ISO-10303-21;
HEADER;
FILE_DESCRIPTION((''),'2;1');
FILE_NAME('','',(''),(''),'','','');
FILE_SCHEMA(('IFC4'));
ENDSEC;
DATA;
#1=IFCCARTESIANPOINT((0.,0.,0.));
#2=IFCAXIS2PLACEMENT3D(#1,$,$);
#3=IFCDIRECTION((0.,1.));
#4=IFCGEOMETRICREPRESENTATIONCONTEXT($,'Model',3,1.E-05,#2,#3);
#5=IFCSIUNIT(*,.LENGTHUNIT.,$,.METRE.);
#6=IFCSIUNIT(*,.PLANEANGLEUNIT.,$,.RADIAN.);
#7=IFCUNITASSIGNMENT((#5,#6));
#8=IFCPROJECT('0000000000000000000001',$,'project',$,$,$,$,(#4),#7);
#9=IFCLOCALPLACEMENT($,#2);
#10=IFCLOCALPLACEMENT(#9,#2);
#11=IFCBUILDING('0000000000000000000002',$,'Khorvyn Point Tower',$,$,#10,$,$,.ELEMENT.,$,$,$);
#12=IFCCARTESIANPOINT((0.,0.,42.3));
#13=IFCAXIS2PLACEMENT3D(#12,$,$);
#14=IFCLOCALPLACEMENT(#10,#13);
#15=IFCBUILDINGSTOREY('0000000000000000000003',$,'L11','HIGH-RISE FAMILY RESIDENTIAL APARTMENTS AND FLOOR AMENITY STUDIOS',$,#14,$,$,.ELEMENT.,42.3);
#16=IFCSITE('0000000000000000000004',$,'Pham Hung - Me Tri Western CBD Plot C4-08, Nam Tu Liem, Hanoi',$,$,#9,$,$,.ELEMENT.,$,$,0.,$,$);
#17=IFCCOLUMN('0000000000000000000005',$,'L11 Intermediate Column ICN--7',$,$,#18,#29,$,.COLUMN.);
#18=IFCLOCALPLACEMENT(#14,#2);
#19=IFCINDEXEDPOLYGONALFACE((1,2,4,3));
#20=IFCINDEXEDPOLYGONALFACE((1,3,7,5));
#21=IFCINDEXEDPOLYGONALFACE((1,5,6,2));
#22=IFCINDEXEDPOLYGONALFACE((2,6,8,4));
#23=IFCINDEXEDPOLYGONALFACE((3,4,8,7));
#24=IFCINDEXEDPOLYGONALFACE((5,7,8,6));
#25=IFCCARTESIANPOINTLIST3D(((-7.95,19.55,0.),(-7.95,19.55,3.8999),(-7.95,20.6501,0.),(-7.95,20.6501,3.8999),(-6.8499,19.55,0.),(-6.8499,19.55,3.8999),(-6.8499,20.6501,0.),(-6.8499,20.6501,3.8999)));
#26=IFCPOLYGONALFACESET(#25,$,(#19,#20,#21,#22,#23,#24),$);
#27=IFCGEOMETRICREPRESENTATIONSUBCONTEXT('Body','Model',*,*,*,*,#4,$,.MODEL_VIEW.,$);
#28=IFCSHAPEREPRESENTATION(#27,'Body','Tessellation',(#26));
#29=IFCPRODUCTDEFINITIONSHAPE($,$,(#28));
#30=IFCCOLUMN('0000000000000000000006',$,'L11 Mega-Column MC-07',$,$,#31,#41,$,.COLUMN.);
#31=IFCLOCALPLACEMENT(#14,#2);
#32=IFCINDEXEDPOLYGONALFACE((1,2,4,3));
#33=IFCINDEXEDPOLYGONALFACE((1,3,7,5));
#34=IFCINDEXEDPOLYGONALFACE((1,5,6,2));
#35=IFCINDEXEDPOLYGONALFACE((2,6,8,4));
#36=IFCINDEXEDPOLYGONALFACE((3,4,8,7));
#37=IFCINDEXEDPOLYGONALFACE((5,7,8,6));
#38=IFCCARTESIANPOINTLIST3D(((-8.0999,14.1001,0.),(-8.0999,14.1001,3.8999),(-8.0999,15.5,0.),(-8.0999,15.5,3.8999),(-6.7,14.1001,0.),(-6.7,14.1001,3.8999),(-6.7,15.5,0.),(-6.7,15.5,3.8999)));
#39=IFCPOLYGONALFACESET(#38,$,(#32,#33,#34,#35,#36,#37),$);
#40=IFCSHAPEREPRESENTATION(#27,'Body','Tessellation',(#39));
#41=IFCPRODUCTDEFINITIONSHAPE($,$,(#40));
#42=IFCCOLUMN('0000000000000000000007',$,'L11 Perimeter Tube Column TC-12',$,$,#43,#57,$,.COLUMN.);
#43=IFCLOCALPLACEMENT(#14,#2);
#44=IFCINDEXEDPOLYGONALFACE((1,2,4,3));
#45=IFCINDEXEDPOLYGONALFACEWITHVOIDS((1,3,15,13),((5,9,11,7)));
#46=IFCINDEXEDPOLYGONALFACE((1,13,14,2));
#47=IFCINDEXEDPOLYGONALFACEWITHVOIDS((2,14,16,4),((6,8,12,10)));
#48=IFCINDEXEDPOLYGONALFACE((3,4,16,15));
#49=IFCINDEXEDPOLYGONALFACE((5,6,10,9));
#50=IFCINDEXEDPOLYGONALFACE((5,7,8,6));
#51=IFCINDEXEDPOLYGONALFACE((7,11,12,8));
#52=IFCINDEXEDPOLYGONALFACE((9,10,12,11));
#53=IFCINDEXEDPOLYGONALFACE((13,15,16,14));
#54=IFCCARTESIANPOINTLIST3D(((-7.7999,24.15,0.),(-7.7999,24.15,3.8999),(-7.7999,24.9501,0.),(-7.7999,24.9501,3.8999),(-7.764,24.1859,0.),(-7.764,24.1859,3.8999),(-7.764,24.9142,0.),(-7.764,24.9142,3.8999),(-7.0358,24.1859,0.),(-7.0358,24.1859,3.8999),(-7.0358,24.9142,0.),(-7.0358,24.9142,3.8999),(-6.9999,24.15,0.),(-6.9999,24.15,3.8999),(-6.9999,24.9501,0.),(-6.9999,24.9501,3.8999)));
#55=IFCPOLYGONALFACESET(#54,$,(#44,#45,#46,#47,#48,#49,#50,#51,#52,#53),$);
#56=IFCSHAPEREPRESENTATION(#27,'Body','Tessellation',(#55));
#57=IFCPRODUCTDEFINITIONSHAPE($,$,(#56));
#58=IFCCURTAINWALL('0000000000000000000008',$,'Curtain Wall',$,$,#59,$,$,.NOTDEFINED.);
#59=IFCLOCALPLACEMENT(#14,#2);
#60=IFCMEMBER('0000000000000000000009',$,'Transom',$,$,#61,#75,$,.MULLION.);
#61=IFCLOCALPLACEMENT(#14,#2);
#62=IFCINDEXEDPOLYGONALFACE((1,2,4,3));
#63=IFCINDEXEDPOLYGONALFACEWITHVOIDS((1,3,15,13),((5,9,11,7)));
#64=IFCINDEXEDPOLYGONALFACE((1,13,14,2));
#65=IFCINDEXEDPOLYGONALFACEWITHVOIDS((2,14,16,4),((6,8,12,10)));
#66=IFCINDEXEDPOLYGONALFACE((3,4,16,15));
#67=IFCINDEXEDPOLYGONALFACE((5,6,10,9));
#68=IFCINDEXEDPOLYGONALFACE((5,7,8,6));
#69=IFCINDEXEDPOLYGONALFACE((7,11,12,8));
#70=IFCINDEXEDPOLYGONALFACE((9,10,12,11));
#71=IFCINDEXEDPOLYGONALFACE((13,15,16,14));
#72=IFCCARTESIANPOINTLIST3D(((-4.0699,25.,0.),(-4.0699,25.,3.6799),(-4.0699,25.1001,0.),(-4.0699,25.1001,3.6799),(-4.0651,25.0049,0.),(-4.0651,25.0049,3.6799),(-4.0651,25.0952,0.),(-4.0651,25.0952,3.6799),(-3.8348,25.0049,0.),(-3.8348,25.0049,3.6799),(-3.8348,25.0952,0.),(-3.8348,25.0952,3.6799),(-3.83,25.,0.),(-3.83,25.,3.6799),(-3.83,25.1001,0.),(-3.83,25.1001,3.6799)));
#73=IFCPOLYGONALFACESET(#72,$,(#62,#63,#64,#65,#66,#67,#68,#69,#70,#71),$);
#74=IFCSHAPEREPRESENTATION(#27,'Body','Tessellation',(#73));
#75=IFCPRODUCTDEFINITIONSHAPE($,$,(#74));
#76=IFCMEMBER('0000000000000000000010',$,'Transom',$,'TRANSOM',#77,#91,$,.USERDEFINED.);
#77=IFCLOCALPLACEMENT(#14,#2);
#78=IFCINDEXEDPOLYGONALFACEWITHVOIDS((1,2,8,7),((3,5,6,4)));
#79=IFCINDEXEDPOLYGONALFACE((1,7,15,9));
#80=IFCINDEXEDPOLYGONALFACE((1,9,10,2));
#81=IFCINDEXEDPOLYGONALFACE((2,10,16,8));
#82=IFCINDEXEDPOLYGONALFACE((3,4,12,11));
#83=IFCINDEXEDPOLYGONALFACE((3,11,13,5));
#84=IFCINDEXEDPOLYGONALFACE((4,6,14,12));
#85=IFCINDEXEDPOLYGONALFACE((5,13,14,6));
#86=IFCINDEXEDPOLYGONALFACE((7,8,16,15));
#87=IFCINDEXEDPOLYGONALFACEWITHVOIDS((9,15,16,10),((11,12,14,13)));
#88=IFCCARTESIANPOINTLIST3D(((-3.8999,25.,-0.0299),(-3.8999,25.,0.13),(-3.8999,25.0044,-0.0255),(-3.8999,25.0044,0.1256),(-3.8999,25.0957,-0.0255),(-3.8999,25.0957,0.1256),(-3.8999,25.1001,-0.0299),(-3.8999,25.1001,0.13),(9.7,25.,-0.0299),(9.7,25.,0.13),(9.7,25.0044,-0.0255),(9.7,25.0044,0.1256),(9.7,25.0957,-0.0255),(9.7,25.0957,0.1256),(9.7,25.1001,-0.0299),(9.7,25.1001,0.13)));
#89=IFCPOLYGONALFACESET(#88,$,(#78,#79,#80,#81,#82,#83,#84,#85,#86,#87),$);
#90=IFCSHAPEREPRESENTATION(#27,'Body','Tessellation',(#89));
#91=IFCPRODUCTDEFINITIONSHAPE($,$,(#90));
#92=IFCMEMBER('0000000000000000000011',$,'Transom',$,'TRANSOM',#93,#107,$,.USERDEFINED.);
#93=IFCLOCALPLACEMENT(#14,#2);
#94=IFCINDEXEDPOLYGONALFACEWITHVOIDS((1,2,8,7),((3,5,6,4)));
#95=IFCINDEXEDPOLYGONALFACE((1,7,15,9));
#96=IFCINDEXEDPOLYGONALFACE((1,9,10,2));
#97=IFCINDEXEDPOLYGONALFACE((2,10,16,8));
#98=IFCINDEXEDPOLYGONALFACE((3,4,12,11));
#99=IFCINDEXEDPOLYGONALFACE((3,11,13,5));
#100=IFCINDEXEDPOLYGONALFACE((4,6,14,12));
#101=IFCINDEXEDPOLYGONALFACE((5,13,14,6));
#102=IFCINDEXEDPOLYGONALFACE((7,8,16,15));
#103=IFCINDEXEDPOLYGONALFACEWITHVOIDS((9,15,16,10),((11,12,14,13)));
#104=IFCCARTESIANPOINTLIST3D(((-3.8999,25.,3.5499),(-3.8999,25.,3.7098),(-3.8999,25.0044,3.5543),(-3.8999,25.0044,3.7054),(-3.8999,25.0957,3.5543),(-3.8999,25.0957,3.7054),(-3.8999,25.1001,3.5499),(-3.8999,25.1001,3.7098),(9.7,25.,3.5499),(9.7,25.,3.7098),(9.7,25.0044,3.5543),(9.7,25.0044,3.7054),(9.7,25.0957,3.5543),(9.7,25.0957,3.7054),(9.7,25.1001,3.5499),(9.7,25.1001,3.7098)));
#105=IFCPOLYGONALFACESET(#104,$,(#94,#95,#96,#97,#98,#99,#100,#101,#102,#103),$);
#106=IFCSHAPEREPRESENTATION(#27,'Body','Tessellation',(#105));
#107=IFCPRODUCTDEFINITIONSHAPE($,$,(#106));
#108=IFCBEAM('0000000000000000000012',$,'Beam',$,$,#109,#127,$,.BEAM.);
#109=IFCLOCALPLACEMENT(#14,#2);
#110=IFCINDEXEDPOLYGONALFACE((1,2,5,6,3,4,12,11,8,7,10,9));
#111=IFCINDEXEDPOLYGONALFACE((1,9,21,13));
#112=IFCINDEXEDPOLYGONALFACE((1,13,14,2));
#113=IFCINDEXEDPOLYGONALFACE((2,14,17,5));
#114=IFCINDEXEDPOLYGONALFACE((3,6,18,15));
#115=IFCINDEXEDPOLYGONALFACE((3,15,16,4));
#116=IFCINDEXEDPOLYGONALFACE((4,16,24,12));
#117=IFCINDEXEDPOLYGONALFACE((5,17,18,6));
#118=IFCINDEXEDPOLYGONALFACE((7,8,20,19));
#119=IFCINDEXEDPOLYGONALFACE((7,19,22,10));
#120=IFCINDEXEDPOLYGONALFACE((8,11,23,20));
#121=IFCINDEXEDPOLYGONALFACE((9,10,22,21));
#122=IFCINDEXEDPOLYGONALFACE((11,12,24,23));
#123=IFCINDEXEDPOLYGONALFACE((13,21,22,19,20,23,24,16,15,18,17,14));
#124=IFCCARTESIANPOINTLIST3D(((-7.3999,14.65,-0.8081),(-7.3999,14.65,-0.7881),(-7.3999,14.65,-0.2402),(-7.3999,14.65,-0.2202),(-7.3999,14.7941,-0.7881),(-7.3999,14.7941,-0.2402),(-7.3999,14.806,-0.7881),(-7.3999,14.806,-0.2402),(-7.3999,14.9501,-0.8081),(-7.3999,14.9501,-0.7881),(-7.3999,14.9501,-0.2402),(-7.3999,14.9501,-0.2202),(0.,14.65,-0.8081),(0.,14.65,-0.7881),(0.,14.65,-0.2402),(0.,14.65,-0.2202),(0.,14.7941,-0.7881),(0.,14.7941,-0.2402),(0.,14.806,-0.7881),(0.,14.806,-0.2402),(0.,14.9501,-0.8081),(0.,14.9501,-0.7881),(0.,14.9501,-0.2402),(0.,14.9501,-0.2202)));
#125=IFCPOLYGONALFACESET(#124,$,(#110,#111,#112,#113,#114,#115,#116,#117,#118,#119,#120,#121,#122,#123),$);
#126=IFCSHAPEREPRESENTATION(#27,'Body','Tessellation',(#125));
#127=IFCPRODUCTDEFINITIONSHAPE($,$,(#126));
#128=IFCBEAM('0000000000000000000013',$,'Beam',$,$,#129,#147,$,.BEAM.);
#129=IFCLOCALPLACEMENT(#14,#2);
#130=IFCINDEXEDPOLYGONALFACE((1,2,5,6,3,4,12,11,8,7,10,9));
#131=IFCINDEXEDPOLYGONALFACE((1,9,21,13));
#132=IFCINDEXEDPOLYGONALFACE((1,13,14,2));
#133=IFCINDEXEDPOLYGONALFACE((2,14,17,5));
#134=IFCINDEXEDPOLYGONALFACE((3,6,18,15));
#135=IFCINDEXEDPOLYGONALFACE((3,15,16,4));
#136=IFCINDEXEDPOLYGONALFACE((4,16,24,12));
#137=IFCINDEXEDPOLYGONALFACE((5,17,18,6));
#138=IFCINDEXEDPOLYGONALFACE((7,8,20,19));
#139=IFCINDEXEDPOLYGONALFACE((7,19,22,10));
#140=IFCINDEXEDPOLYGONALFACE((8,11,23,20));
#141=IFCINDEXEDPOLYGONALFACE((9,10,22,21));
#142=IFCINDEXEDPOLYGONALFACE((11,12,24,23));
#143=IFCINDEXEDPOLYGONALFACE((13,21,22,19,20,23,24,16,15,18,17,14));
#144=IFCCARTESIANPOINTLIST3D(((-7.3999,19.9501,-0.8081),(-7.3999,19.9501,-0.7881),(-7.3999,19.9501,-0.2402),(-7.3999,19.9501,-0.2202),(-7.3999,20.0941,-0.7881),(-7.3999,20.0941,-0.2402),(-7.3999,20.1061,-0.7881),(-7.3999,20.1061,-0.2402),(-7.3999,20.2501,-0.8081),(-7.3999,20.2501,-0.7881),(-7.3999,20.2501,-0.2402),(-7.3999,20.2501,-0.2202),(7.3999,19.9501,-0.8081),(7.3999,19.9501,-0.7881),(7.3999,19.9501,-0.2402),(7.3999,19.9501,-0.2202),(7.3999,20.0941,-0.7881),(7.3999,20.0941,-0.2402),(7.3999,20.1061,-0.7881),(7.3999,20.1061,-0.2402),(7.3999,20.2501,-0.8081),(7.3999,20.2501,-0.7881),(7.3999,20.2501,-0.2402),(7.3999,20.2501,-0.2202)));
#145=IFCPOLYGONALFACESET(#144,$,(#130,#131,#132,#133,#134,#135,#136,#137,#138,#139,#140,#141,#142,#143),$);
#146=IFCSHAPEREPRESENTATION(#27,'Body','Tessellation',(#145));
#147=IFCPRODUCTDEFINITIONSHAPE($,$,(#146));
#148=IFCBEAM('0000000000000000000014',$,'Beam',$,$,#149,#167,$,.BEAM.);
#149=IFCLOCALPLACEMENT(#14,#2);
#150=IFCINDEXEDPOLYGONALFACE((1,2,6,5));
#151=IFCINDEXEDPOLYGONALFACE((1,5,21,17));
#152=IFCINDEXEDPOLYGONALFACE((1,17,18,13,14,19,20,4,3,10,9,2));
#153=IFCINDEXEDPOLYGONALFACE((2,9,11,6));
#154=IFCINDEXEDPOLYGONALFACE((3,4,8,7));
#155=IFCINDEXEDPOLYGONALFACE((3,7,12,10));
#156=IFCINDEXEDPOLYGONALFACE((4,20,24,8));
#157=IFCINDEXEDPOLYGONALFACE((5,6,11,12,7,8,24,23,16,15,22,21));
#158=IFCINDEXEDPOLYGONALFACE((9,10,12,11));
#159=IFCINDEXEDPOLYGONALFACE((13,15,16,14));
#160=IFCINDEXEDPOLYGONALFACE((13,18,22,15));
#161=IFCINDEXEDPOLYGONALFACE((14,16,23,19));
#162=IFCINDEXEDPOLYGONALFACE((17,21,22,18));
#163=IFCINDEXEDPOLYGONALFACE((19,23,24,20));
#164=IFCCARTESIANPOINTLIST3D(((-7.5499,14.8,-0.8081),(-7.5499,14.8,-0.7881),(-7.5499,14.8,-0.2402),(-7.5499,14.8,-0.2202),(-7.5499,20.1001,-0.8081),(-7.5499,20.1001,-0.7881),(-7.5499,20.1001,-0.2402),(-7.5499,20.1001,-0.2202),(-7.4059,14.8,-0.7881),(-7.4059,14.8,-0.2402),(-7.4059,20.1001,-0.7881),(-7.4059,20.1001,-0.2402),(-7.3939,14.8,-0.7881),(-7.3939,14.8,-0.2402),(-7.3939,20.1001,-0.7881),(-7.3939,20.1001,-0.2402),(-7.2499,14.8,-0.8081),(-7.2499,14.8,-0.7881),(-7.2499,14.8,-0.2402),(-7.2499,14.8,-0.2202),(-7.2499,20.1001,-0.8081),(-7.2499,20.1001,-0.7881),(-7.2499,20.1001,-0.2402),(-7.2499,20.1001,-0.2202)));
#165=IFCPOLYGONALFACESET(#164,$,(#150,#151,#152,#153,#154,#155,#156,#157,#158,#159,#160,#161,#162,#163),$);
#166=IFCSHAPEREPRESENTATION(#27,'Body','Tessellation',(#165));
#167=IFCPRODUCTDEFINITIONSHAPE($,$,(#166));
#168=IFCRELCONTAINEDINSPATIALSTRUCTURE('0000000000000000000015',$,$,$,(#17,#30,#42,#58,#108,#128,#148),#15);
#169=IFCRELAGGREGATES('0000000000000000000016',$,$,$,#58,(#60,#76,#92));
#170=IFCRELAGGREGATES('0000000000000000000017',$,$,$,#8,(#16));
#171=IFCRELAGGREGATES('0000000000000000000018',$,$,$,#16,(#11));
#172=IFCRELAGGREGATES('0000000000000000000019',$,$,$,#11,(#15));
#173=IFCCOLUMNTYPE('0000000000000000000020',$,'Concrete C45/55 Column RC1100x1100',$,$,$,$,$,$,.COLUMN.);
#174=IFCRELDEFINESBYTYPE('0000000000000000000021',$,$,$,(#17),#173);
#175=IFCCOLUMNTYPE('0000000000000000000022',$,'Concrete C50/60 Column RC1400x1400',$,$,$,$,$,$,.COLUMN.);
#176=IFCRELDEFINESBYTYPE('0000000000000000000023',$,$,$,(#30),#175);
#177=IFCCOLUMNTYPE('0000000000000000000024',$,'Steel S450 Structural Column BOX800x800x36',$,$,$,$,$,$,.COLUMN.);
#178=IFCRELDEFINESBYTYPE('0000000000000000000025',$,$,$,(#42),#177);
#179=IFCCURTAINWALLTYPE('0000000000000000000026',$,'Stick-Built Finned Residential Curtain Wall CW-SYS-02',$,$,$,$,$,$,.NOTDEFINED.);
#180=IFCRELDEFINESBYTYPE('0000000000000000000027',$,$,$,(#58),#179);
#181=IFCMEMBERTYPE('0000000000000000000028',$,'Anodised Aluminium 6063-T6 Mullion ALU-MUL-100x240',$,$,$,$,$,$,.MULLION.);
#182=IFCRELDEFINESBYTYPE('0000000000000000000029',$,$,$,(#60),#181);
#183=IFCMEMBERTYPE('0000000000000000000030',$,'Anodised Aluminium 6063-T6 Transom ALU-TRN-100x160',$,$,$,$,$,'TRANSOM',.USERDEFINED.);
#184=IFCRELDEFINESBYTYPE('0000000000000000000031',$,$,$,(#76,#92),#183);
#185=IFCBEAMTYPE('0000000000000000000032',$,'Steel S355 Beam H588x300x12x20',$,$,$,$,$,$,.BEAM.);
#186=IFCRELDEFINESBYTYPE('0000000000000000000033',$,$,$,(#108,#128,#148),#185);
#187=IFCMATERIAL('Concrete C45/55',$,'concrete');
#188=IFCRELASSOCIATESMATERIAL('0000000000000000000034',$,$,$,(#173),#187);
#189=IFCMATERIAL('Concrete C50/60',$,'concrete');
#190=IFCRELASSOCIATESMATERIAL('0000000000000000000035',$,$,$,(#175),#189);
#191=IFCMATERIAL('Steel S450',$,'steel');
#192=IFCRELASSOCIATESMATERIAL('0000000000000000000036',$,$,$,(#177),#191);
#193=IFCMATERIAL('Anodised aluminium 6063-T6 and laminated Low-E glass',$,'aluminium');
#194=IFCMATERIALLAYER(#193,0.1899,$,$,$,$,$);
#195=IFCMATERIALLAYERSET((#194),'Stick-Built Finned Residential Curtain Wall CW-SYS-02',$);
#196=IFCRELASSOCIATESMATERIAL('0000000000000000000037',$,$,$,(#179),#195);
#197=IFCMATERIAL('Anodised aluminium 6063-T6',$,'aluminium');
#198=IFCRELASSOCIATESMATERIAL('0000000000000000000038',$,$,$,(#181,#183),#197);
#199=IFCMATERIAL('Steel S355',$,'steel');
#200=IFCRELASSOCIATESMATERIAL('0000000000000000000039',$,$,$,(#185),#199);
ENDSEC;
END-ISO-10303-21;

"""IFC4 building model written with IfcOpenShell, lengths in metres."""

from ifc_helpers import new_model, si_unit, direction, frame, origin, origin_2d, place, context, subcontext, project, spatial, rectangle, hollow_rectangle, i_section, extrude, material, layer, layer_set, material_profile, profile_set, type_object, element, aggregate, save


model = new_model("IFC4")

# Units and contexts
model_context = context("Model", 3, precision=1e-05, world=origin(), true_north=direction((0.0, 1.0)))
body_context = subcontext(model_context, "Body", "Model", "MODEL_VIEW")
ifc_project = project(units=[si_unit("LENGTHUNIT", "METRE"), si_unit("PLANEANGLEUNIT", "RADIAN")], contexts=[model_context])

# Site, building, storey
site_placement = place(None, origin())
site = spatial("IfcSite", under=ifc_project, at=site_placement, Name="Pham Hung - Me Tri Western CBD Plot C4-08, Nam Tu Liem, Hanoi", CompositionType="ELEMENT", RefElevation=0.0)
building_placement = place(site_placement, origin())
building = spatial("IfcBuilding", under=site, at=building_placement, Name="Khorvyn Point Tower", CompositionType="ELEMENT")
storey_placement = place(building_placement, frame((0.0, 0.0, 42.3)))
storey = spatial("IfcBuildingStorey", under=building, at=storey_placement, Name="L11", Description="HIGH-RISE FAMILY RESIDENTIAL APARTMENTS AND FLOOR AMENITY STUDIOS", CompositionType="ELEMENT", Elevation=42.3)

# Columns
ifc_material_1 = material(Name="Concrete C45/55", Category="concrete")
ifc_material_profile_1 = material_profile(ifc_material_1, rectangle(XDim=1.1001, YDim=1.1001, at=origin_2d()))
ifc_profile_set_1 = profile_set([ifc_material_profile_1], Name="Concrete C45/55 RC1100x1100")
column_type_1 = type_object("IfcColumnType", Name="Concrete C45/55 Column RC1100x1100", PredefinedType="COLUMN", material=ifc_profile_set_1)
column_1_placement = place(storey_placement, frame((-7.3999, 20.1001, 0.0), z_axis=(0.0, 0.0, 1.0), x_axis=(1.0, 0.0, 0.0)))
element("IfcColumn", 1, at=column_1_placement, inside=storey, type_object=column_type_1, Name="L11 Intermediate Column ICN--7", PredefinedType="COLUMN", context=body_context, shape_type="SweptSolid", body=[
    extrude(rectangle(XDim=1.1001, YDim=1.1001, at=origin_2d()), origin(), (0.0, 0.0, 1.0), 3.8999),
])
ifc_material_2 = material(Name="Concrete C50/60", Category="concrete")
ifc_material_profile_2 = material_profile(ifc_material_2, rectangle(XDim=1.3999, YDim=1.3999, at=origin_2d()))
ifc_profile_set_2 = profile_set([ifc_material_profile_2], Name="Concrete C50/60 RC1400x1400")
column_type_2 = type_object("IfcColumnType", Name="Concrete C50/60 Column RC1400x1400", PredefinedType="COLUMN", material=ifc_profile_set_2)
column_2_placement = place(storey_placement, frame((-7.3999, 14.8, 0.0), z_axis=(0.0, 0.0, 1.0), x_axis=(1.0, 0.0, 0.0)))
element("IfcColumn", 2, at=column_2_placement, inside=storey, type_object=column_type_2, Name="L11 Mega-Column MC-07", PredefinedType="COLUMN", context=body_context, shape_type="SweptSolid", body=[
    extrude(rectangle(XDim=1.3999, YDim=1.3999, at=origin_2d()), origin(), (0.0, 0.0, 1.0), 3.8999),
])
ifc_material_3 = material(Name="Steel S450", Category="steel")
ifc_material_profile_3 = material_profile(ifc_material_3, hollow_rectangle(XDim=0.8, YDim=0.8, WallThickness=0.0359, at=origin_2d()))
ifc_profile_set_3 = profile_set([ifc_material_profile_3], Name="Steel S450 BOX800x800x36")
column_type_3 = type_object("IfcColumnType", Name="Steel S450 Structural Column BOX800x800x36", PredefinedType="COLUMN", material=ifc_profile_set_3)
column_3_placement = place(storey_placement, frame((-7.3999, 24.55, 0.0), z_axis=(0.0, 0.0, 1.0), x_axis=(1.0, 0.0, 0.0)))
element("IfcColumn", 3, at=column_3_placement, inside=storey, type_object=column_type_3, Name="L11 Perimeter Tube Column TC-12", PredefinedType="COLUMN", context=body_context, shape_type="SweptSolid", body=[
    extrude(hollow_rectangle(XDim=0.8, YDim=0.8, WallThickness=0.0359, at=origin_2d()), origin(), (0.0, 0.0, 1.0), 3.8999),
])

# Curtain wall, members
ifc_material_4 = material(Name="Anodised aluminium 6063-T6 and laminated Low-E glass", Category="aluminium")
ifc_layer_1 = layer(ifc_material_4, 0.1899)
ifc_layer_set_1 = layer_set([ifc_layer_1], Name="Stick-Built Finned Residential Curtain Wall CW-SYS-02")
curtain_wall_type = type_object("IfcCurtainWallType", Name="Stick-Built Finned Residential Curtain Wall CW-SYS-02", PredefinedType="NOTDEFINED", material=ifc_layer_set_1)
curtain_wall_placement = place(storey_placement, origin())
curtain_wall = element("IfcCurtainWall", 4, at=curtain_wall_placement, inside=storey, type_object=curtain_wall_type, Name="Curtain Wall", PredefinedType="NOTDEFINED")
ifc_material_5 = material(Name="Anodised aluminium 6063-T6", Category="aluminium")
ifc_material_profile_4 = material_profile(ifc_material_5, hollow_rectangle(XDim=0.1001, YDim=0.24, WallThickness=0.0049, at=origin_2d()))
ifc_profile_set_4 = profile_set([ifc_material_profile_4], Name="Anodised aluminium 6063-T6 ALU-MUL-100x240")
member_type_1 = type_object("IfcMemberType", Name="Anodised Aluminium 6063-T6 Mullion ALU-MUL-100x240", PredefinedType="MULLION", material=ifc_profile_set_4)
member_1_placement = place(storey_placement, frame((-3.95, 25.05, 0.0), z_axis=(0.0, 0.0, 1.0), x_axis=(0.0, 1.0, 0.0)))
member_1 = element("IfcMember", 5, at=member_1_placement, type_object=member_type_1, Name="Transom", PredefinedType="MULLION", context=body_context, shape_type="SweptSolid", body=[
    extrude(hollow_rectangle(XDim=0.1001, YDim=0.24, WallThickness=0.0049, at=origin_2d()), origin(), (0.0, 0.0, 1.0), 3.6799),
])
ifc_material_profile_5 = material_profile(ifc_material_5, hollow_rectangle(XDim=0.1001, YDim=0.1599, WallThickness=0.0044, at=origin_2d()))
ifc_profile_set_5 = profile_set([ifc_material_profile_5], Name="Anodised aluminium 6063-T6 ALU-TRN-100x160")
member_type_2 = type_object("IfcMemberType", Name="Anodised Aluminium 6063-T6 Transom ALU-TRN-100x160", ElementType="TRANSOM", PredefinedType="USERDEFINED", material=ifc_profile_set_5)
member_2_placement = place(storey_placement, frame((-3.8999, 25.05, 0.05), z_axis=(1.0, 0.0, 0.0), x_axis=(0.0, 1.0, 0.0)))
member_2 = element("IfcMember", 6, at=member_2_placement, type_object=member_type_2, Name="Transom", ObjectType="TRANSOM", PredefinedType="USERDEFINED", context=body_context, shape_type="SweptSolid", body=[
    extrude(hollow_rectangle(XDim=0.1001, YDim=0.1599, WallThickness=0.0044, at=origin_2d()), origin(), (0.0, 0.0, 1.0), 13.5999),
])
member_3_placement = place(storey_placement, frame((-3.8999, 25.05, 3.6299), z_axis=(1.0, 0.0, 0.0), x_axis=(0.0, 1.0, 0.0)))
member_3 = element("IfcMember", 7, at=member_3_placement, type_object=member_type_2, Name="Transom", ObjectType="TRANSOM", PredefinedType="USERDEFINED", context=body_context, shape_type="SweptSolid", body=[
    extrude(hollow_rectangle(XDim=0.1001, YDim=0.1599, WallThickness=0.0044, at=origin_2d()), origin(), (0.0, 0.0, 1.0), 13.5999),
])

# Beams
ifc_material_6 = material(Name="Steel S355", Category="steel")
ifc_material_profile_6 = material_profile(ifc_material_6, i_section(OverallWidth=0.3, OverallDepth=0.5879, WebThickness=0.012, FlangeThickness=0.02, at=origin_2d()))
ifc_profile_set_6 = profile_set([ifc_material_profile_6], Name="Steel S355 H588x300x12x20")
beam_type_1 = type_object("IfcBeamType", Name="Steel S355 Beam H588x300x12x20", PredefinedType="BEAM", material=ifc_profile_set_6)
beam_1_placement = place(storey_placement, frame((-7.3999, 14.8, -0.5142), z_axis=(1.0, 0.0, 0.0), x_axis=(0.0, 1.0, 0.0)))
element("IfcBeam", 8, at=beam_1_placement, inside=storey, type_object=beam_type_1, Name="Beam", PredefinedType="BEAM", context=body_context, shape_type="SweptSolid", body=[
    extrude(i_section(OverallWidth=0.3, OverallDepth=0.5879, WebThickness=0.012, FlangeThickness=0.02, at=origin_2d()), origin(), (0.0, 0.0, 1.0), 7.3999),
])
beam_2_placement = place(storey_placement, frame((-7.3999, 20.1001, -0.5142), z_axis=(1.0, 0.0, 0.0), x_axis=(0.0, 1.0, 0.0)))
element("IfcBeam", 9, at=beam_2_placement, inside=storey, type_object=beam_type_1, Name="Beam", PredefinedType="BEAM", context=body_context, shape_type="SweptSolid", body=[
    extrude(i_section(OverallWidth=0.3, OverallDepth=0.5879, WebThickness=0.012, FlangeThickness=0.02, at=origin_2d()), origin(), (0.0, 0.0, 1.0), 14.7998),
])
beam_3_placement = place(storey_placement, frame((-7.3999, 14.8, -0.5142), z_axis=(0.0, 1.0, 0.0), x_axis=(-1.0, 0.0, 0.0)))
element("IfcBeam", 10, at=beam_3_placement, inside=storey, type_object=beam_type_1, Name="Beam", PredefinedType="BEAM", context=body_context, shape_type="SweptSolid", body=[
    extrude(i_section(OverallWidth=0.3, OverallDepth=0.5879, WebThickness=0.012, FlangeThickness=0.02, at=origin_2d()), origin(), (0.0, 0.0, 1.0), 5.3),
])

aggregate(curtain_wall, [member_1, member_2, member_3])

save(model, "model.ifc")
